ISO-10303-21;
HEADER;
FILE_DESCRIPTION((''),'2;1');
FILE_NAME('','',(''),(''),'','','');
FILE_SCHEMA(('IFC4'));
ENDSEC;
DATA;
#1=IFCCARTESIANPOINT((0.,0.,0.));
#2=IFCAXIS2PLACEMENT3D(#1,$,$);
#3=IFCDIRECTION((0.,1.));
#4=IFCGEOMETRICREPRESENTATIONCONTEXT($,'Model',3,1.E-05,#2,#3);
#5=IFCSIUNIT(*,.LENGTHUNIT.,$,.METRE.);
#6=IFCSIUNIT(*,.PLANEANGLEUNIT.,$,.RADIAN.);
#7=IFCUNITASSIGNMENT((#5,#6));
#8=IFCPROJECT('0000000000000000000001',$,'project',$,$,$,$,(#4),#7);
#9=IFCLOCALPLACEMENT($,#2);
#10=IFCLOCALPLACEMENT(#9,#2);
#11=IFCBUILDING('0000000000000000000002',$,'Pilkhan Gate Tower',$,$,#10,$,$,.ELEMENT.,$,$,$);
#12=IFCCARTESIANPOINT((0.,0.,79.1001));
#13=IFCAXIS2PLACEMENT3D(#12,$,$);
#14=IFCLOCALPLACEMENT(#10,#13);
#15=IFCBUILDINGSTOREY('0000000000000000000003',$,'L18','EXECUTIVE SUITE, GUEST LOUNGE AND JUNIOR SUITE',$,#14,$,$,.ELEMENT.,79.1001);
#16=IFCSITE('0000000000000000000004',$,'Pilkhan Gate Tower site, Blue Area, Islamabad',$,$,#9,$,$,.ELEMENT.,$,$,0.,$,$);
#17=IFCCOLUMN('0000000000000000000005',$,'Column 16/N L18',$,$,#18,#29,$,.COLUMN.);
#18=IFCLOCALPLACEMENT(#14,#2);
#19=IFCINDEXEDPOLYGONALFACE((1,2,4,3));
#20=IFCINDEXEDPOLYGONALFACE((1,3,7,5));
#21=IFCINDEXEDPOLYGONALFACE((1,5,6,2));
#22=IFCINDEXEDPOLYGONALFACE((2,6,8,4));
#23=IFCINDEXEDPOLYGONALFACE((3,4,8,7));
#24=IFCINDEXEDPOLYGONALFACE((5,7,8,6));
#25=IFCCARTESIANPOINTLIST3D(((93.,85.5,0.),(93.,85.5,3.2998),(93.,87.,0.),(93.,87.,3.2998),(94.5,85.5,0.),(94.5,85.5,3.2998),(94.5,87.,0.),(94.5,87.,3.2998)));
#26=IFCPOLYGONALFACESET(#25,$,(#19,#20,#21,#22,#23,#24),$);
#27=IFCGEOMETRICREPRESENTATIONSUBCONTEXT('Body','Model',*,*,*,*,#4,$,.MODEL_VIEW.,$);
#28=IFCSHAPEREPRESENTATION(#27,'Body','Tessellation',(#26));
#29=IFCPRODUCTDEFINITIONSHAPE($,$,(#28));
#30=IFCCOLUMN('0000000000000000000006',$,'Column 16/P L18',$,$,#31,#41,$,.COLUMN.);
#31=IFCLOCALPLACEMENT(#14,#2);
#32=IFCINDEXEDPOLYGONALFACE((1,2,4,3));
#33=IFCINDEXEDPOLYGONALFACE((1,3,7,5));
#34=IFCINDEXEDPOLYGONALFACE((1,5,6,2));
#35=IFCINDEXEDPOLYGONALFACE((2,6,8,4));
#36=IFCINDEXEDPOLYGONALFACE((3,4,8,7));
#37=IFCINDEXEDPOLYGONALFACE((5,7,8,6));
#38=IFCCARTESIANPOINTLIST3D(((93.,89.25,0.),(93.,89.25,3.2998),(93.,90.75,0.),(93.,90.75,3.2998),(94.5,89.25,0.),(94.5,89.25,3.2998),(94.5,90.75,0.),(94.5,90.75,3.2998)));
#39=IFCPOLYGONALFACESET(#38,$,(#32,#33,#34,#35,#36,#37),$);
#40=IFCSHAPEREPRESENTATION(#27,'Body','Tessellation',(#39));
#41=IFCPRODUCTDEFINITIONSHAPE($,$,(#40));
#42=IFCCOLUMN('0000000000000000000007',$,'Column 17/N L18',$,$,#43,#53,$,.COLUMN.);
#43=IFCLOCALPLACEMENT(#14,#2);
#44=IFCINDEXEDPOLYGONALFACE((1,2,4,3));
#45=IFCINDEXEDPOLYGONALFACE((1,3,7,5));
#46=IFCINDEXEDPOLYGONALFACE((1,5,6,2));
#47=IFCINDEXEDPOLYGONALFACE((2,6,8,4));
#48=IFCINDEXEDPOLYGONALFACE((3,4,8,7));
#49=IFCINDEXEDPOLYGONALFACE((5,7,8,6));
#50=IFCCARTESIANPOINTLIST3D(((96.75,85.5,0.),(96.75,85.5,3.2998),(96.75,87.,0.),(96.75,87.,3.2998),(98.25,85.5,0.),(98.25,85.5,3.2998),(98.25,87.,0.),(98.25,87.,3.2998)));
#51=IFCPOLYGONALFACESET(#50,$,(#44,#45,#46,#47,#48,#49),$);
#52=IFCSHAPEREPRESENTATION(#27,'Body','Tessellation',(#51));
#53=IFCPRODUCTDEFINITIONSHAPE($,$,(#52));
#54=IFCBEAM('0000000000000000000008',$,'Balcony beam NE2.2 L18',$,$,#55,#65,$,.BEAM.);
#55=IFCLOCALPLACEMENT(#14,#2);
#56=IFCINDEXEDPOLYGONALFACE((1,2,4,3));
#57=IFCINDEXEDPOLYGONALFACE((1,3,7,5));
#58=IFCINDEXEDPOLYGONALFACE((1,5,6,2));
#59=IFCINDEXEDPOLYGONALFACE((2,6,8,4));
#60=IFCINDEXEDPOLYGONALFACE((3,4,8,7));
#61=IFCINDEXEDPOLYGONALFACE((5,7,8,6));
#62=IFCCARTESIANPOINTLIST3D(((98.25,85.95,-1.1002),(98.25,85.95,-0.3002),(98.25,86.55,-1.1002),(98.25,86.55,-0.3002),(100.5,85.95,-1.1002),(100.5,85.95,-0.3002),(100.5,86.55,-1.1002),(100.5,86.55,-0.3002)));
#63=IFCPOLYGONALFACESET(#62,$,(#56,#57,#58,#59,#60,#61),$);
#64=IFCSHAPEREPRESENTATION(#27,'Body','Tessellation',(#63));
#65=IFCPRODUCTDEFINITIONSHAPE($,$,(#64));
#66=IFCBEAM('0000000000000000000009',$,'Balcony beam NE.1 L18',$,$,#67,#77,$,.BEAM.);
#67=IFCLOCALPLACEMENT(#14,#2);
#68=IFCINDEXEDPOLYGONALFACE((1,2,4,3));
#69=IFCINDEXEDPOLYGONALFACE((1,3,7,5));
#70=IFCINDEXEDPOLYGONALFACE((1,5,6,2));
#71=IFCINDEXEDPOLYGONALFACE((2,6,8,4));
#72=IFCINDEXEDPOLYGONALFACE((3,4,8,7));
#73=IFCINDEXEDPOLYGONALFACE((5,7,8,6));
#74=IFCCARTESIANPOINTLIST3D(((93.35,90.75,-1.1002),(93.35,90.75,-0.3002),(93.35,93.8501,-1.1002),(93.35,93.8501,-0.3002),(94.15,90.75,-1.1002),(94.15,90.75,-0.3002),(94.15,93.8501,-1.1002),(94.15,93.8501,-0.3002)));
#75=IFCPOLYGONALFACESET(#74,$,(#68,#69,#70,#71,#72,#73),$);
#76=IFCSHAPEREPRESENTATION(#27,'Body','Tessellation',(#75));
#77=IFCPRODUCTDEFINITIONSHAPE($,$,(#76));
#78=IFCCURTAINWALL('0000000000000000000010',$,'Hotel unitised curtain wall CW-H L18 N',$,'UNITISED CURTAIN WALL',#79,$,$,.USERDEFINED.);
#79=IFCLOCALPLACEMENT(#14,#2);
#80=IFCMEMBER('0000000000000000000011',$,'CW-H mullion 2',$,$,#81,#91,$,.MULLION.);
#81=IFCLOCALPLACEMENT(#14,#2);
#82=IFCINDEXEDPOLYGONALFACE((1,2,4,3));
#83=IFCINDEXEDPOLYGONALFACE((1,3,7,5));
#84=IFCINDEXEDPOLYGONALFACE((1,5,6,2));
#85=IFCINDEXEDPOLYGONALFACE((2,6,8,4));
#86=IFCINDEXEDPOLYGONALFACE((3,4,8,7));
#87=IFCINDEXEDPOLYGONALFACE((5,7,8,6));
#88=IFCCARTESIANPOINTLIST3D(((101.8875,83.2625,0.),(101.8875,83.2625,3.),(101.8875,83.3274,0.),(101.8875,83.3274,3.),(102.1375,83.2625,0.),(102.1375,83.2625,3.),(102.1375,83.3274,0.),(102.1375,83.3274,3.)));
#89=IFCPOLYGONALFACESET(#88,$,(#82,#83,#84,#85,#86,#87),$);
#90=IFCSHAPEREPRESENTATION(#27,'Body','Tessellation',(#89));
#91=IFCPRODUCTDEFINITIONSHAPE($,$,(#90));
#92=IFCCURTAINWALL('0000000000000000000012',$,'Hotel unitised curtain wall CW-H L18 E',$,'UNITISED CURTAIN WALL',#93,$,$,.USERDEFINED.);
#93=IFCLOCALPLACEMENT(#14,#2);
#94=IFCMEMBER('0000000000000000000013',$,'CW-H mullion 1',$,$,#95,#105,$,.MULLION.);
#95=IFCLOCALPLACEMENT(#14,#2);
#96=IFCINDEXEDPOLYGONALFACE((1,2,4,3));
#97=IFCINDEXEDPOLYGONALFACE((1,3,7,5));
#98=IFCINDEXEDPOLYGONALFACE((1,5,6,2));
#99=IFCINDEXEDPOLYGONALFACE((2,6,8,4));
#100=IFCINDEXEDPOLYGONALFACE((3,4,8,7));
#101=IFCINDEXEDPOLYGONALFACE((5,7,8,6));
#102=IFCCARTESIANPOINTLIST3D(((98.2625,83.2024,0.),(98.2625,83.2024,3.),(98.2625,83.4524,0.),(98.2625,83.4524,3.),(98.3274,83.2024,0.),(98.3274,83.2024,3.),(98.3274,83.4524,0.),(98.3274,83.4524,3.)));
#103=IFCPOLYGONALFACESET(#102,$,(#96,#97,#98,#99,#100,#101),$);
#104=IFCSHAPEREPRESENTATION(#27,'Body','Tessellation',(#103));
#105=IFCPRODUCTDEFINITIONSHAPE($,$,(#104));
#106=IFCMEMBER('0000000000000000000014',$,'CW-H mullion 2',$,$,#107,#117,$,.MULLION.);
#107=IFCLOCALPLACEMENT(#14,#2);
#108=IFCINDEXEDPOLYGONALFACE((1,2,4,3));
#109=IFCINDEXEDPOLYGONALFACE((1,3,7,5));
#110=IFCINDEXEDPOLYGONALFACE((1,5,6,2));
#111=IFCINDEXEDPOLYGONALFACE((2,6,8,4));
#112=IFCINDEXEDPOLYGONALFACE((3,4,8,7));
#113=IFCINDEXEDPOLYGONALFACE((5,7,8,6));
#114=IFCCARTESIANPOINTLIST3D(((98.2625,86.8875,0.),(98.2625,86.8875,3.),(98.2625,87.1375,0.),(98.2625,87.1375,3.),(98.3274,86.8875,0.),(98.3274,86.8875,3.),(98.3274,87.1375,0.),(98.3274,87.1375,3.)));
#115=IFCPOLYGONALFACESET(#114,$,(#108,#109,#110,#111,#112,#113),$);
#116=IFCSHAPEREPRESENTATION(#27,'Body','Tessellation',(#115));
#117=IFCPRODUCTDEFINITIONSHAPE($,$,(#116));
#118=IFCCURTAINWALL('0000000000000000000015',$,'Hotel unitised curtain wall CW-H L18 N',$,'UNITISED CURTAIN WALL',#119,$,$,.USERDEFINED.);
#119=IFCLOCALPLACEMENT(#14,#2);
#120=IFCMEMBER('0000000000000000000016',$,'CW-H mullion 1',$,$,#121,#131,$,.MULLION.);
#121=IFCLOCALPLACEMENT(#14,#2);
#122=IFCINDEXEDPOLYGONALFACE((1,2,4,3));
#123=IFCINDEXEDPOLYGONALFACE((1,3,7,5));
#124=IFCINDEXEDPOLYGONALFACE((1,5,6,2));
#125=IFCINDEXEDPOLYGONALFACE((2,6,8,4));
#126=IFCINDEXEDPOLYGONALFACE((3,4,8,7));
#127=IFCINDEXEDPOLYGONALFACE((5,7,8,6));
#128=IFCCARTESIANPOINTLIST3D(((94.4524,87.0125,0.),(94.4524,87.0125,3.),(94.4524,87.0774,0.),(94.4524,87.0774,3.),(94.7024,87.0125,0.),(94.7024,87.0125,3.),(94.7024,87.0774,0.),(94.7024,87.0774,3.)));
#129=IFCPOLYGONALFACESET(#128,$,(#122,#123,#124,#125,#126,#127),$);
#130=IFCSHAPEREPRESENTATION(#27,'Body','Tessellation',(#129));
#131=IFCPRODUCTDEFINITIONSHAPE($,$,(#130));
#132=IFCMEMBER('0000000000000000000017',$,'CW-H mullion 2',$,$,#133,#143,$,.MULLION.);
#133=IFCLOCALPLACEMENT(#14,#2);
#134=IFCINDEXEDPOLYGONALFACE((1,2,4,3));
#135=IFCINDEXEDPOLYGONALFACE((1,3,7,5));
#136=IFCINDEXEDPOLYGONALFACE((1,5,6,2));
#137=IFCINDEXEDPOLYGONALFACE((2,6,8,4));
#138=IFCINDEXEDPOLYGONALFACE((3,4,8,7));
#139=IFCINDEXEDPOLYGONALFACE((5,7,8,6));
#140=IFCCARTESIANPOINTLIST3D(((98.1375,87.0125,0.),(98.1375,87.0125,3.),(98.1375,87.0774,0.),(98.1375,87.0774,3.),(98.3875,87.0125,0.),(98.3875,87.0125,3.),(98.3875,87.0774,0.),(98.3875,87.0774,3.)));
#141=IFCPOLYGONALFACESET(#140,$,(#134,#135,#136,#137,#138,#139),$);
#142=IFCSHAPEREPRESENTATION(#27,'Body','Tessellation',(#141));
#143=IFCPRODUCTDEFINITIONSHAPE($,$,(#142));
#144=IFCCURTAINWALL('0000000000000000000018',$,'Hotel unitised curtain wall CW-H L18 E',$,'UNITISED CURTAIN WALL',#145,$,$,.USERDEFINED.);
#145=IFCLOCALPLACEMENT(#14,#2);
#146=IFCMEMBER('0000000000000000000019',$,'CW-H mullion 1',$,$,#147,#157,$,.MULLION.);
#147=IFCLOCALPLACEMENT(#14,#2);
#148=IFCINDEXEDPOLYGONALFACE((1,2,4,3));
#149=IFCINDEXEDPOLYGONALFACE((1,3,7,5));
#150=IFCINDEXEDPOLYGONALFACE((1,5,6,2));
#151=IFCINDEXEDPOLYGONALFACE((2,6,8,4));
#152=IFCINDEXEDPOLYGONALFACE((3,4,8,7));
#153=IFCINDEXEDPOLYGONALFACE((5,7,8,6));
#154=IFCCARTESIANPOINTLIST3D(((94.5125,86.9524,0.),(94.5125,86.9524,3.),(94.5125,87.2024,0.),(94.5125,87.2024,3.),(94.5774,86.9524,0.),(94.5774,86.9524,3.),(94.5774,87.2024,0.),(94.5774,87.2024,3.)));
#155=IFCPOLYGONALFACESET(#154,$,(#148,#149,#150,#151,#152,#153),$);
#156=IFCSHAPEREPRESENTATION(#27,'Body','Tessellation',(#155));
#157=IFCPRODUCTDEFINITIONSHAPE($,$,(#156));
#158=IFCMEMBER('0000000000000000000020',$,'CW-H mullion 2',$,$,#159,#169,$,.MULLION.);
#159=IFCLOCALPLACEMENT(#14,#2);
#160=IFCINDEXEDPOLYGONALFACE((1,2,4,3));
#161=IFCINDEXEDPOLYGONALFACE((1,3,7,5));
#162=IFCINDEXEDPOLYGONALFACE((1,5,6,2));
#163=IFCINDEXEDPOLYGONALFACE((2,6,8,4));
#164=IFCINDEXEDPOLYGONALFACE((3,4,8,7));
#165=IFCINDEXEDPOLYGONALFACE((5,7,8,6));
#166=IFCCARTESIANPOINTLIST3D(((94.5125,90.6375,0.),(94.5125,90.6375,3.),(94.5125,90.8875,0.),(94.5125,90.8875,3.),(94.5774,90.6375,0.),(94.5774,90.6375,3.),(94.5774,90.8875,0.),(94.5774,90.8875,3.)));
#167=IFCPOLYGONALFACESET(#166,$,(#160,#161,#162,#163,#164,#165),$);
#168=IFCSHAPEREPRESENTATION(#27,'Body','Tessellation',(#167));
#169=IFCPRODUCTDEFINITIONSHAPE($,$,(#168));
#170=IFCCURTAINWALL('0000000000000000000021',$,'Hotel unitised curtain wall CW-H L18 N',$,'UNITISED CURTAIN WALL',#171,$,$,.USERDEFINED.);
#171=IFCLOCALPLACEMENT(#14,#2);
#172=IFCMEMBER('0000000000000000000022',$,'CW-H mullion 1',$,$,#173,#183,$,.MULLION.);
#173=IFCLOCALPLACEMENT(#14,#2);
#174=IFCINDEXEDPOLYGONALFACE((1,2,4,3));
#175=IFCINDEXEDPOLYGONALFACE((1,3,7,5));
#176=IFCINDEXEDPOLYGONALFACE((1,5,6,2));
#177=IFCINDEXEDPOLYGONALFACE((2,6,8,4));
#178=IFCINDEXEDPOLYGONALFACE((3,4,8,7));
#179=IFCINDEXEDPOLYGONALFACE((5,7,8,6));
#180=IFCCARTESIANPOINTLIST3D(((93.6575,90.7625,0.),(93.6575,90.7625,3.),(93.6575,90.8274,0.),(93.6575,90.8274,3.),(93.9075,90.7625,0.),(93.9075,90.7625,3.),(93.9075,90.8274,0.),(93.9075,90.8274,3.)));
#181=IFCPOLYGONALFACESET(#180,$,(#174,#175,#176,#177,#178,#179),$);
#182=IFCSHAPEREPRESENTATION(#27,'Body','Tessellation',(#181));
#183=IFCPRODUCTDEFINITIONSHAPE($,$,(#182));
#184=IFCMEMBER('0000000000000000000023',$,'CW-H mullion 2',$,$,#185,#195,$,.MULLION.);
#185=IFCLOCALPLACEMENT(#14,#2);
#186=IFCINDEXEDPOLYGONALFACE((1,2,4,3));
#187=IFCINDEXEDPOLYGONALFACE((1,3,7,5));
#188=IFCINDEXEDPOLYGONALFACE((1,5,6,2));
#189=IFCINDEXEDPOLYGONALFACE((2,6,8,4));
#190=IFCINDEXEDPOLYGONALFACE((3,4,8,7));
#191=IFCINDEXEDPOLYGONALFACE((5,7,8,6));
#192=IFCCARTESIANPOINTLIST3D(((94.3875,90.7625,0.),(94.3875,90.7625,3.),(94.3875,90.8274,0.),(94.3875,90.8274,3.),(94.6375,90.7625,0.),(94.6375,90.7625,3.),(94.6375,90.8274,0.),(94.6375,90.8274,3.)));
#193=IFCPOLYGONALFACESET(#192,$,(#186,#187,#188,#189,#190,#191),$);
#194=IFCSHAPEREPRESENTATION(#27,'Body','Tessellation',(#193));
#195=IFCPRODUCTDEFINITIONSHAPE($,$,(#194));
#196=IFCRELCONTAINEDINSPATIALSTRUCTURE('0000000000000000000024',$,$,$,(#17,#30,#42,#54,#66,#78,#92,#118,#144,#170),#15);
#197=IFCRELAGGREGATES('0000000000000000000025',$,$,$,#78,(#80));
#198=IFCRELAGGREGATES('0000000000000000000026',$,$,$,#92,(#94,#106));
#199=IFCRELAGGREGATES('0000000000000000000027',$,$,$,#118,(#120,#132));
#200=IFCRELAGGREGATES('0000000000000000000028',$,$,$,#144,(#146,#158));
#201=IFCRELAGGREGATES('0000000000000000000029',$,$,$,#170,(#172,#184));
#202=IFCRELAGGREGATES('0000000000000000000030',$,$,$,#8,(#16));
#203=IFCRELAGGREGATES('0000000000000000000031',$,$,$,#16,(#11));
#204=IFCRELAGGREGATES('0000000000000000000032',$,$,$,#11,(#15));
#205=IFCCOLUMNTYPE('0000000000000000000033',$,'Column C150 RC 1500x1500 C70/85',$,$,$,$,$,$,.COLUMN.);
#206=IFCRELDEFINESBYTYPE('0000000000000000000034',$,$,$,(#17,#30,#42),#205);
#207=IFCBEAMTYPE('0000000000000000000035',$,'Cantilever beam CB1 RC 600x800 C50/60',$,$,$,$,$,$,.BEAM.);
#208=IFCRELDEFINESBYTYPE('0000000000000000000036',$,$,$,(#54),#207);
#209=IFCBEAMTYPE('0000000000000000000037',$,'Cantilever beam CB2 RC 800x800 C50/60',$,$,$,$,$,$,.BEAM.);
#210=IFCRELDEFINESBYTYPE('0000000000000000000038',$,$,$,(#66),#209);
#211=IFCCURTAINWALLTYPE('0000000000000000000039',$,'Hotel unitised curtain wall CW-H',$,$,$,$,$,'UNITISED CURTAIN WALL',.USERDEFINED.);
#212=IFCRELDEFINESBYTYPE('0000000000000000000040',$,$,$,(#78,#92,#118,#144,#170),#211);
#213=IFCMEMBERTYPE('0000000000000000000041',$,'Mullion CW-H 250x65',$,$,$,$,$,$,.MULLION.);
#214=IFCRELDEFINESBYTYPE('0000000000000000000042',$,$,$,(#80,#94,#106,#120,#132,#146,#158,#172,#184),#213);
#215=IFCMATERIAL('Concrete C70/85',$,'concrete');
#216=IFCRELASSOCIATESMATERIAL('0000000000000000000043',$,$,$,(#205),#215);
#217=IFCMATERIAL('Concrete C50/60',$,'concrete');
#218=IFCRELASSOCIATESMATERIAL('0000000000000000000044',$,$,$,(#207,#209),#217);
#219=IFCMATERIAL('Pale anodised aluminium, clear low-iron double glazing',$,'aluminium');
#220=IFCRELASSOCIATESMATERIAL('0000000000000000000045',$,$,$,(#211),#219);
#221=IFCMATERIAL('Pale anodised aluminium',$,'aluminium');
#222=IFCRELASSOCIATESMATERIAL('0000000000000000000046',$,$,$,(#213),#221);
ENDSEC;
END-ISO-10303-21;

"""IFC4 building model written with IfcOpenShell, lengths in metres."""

from ifc_helpers import new_model, si_unit, direction, frame, origin, origin_2d, place, context, subcontext, project, spatial, rectangle, extrude, material, material_profile, profile_set, type_object, element, aggregate, save


model = new_model("IFC4")

# Units and contexts
model_context = context("Model", 3, precision=1e-05, world=origin(), true_north=direction((0.0, 1.0)))
body_context = subcontext(model_context, "Body", "Model", "MODEL_VIEW")
ifc_project = project(units=[si_unit("LENGTHUNIT", "METRE"), si_unit("PLANEANGLEUNIT", "RADIAN")], contexts=[model_context])

# Site, building, storey
site_placement = place(None, origin())
site = spatial("IfcSite", under=ifc_project, at=site_placement, Name="Pilkhan Gate Tower site, Blue Area, Islamabad", CompositionType="ELEMENT", RefElevation=0.0)
building_placement = place(site_placement, origin())
building = spatial("IfcBuilding", under=site, at=building_placement, Name="Pilkhan Gate Tower", CompositionType="ELEMENT")
storey_placement = place(building_placement, frame((0.0, 0.0, 79.1001)))
storey = spatial("IfcBuildingStorey", under=building, at=storey_placement, Name="L18", Description="EXECUTIVE SUITE, GUEST LOUNGE AND JUNIOR SUITE", CompositionType="ELEMENT", Elevation=79.1001)

# Columns
ifc_material_1 = material(Name="Concrete C70/85", Category="concrete")
ifc_material_profile_1 = material_profile(ifc_material_1, rectangle(XDim=1.5, YDim=1.5, at=origin_2d()), Name="RC 1500x1500")
ifc_profile_set_1 = profile_set([ifc_material_profile_1], Name="Concrete C70/85")
column_type = type_object("IfcColumnType", Name="Column C150 RC 1500x1500 C70/85", PredefinedType="COLUMN", material=ifc_profile_set_1)
for number, where, z_axis, x_axis, name in (
    (1, (93.75, 86.25, 0.0), (0.0, 0.0, 1.0), (1.0, 0.0, 0.0), "Column 16/N L18"),
    (2, (93.75, 90.0, 0.0), (0.0, 0.0, 1.0), (1.0, 0.0, 0.0), "Column 16/P L18"),
    (3, (97.5, 86.25, 0.0), (0.0, 0.0, 1.0), (1.0, 0.0, 0.0), "Column 17/N L18"),
):
    element("IfcColumn", number, at=place(storey_placement, frame(where, z_axis=z_axis, x_axis=x_axis)), inside=storey, type_object=column_type, Name=name, PredefinedType="COLUMN", context=body_context, shape_type="SweptSolid", body=[
        extrude(rectangle(XDim=1.5, YDim=1.5, at=origin_2d()), origin(), (0.0, 0.0, 1.0), 3.2998),
    ])

# Beams
ifc_material_2 = material(Name="Concrete C50/60", Category="concrete")
ifc_material_profile_2 = material_profile(ifc_material_2, rectangle(XDim=0.6001, YDim=0.8, at=origin_2d()), Name="RC 600x800")
ifc_profile_set_2 = profile_set([ifc_material_profile_2], Name="Concrete C50/60")
beam_type_1 = type_object("IfcBeamType", Name="Cantilever beam CB1 RC 600x800 C50/60", PredefinedType="BEAM", material=ifc_profile_set_2)
beam_1_placement = place(storey_placement, frame((98.25, 86.25, -0.7002), z_axis=(1.0, 0.0, 0.0), x_axis=(0.0, 1.0, 0.0)))
element("IfcBeam", 4, at=beam_1_placement, inside=storey, type_object=beam_type_1, Name="Balcony beam NE2.2 L18", PredefinedType="BEAM", context=body_context, shape_type="SweptSolid", body=[
    extrude(rectangle(XDim=0.6001, YDim=0.8, at=origin_2d()), origin(), (0.0, 0.0, 1.0), 2.25),
])
ifc_material_profile_3 = material_profile(ifc_material_2, rectangle(XDim=0.8, YDim=0.8, at=origin_2d()), Name="RC 800x800")
ifc_profile_set_3 = profile_set([ifc_material_profile_3], Name="Concrete C50/60")
beam_type_2 = type_object("IfcBeamType", Name="Cantilever beam CB2 RC 800x800 C50/60", PredefinedType="BEAM", material=ifc_profile_set_3)
beam_2_placement = place(storey_placement, frame((93.75, 90.75, -0.7002), z_axis=(0.0, 1.0, 0.0), x_axis=(-1.0, 0.0, 0.0)))
element("IfcBeam", 5, at=beam_2_placement, inside=storey, type_object=beam_type_2, Name="Balcony beam NE.1 L18", PredefinedType="BEAM", context=body_context, shape_type="SweptSolid", body=[
    extrude(rectangle(XDim=0.8, YDim=0.8, at=origin_2d()), origin(), (0.0, 0.0, 1.0), 3.1001),
])

# Curtain wall, member
ifc_material_3 = material(Name="Pale anodised aluminium, clear low-iron double glazing", Category="aluminium")
curtain_wall_type = type_object("IfcCurtainWallType", Name="Hotel unitised curtain wall CW-H", ElementType="UNITISED CURTAIN WALL", PredefinedType="USERDEFINED", material=ifc_material_3)
curtain_wall_1_placement = place(storey_placement, origin())
curtain_wall_1 = element("IfcCurtainWall", 6, at=curtain_wall_1_placement, inside=storey, type_object=curtain_wall_type, Name="Hotel unitised curtain wall CW-H L18 N", ObjectType="UNITISED CURTAIN WALL", PredefinedType="USERDEFINED")
ifc_material_4 = material(Name="Pale anodised aluminium", Category="aluminium")
ifc_material_profile_4 = material_profile(ifc_material_4, rectangle(XDim=0.0649, YDim=0.25, at=origin_2d()), Name="Mullion 250x65")
ifc_profile_set_4 = profile_set([ifc_material_profile_4], Name="Pale anodised aluminium")
member_type_1 = type_object("IfcMemberType", Name="Mullion CW-H 250x65", PredefinedType="MULLION", material=ifc_profile_set_4)
member_1_placement = place(storey_placement, frame((102.0125, 83.2949, 0.0), z_axis=(0.0, 0.0, 1.0), x_axis=(0.0, 1.0, 0.0)))
member_1 = element("IfcMember", 7, at=member_1_placement, type_object=member_type_1, Name="CW-H mullion 2", PredefinedType="MULLION", context=body_context, shape_type="SweptSolid", body=[
    extrude(rectangle(XDim=0.0649, YDim=0.25, at=origin_2d()), origin(), (0.0, 0.0, 1.0), 3.0),
])

# Curtain walls, members
curtain_wall_2_placement = place(storey_placement, origin())
curtain_wall_2 = element("IfcCurtainWall", 8, at=curtain_wall_2_placement, inside=storey, type_object=curtain_wall_type, Name="Hotel unitised curtain wall CW-H L18 E", ObjectType="UNITISED CURTAIN WALL", PredefinedType="USERDEFINED")
member_2_placement = place(storey_placement, frame((98.2949, 83.3274, 0.0), z_axis=(0.0, 0.0, 1.0), x_axis=(-1.0, 0.0, 0.0)))
member_2 = element("IfcMember", 9, at=member_2_placement, type_object=member_type_1, Name="CW-H mullion 1", PredefinedType="MULLION", context=body_context, shape_type="SweptSolid", body=[
    extrude(rectangle(XDim=0.0649, YDim=0.25, at=origin_2d()), origin(), (0.0, 0.0, 1.0), 3.0),
])
member_3_placement = place(storey_placement, frame((98.2949, 87.0125, 0.0), z_axis=(0.0, 0.0, 1.0), x_axis=(-1.0, 0.0, 0.0)))
member_3 = element("IfcMember", 10, at=member_3_placement, type_object=member_type_1, Name="CW-H mullion 2", PredefinedType="MULLION", context=body_context, shape_type="SweptSolid", body=[
    extrude(rectangle(XDim=0.0649, YDim=0.25, at=origin_2d()), origin(), (0.0, 0.0, 1.0), 3.0),
])
curtain_wall_3_placement = place(storey_placement, origin())
curtain_wall_3 = element("IfcCurtainWall", 11, at=curtain_wall_3_placement, inside=storey, type_object=curtain_wall_type, Name="Hotel unitised curtain wall CW-H L18 N", ObjectType="UNITISED CURTAIN WALL", PredefinedType="USERDEFINED")
member_4_placement = place(storey_placement, frame((94.5774, 87.0449, 0.0), z_axis=(0.0, 0.0, 1.0), x_axis=(0.0, 1.0, 0.0)))
member_4 = element("IfcMember", 12, at=member_4_placement, type_object=member_type_1, Name="CW-H mullion 1", PredefinedType="MULLION", context=body_context, shape_type="SweptSolid", body=[
    extrude(rectangle(XDim=0.0649, YDim=0.25, at=origin_2d()), origin(), (0.0, 0.0, 1.0), 3.0),
])
member_5_placement = place(storey_placement, frame((98.2625, 87.0449, 0.0), z_axis=(0.0, 0.0, 1.0), x_axis=(0.0, 1.0, 0.0)))
member_5 = element("IfcMember", 13, at=member_5_placement, type_object=member_type_1, Name="CW-H mullion 2", PredefinedType="MULLION", context=body_context, shape_type="SweptSolid", body=[
    extrude(rectangle(XDim=0.0649, YDim=0.25, at=origin_2d()), origin(), (0.0, 0.0, 1.0), 3.0),
])
curtain_wall_4_placement = place(storey_placement, origin())
curtain_wall_4 = element("IfcCurtainWall", 14, at=curtain_wall_4_placement, inside=storey, type_object=curtain_wall_type, Name="Hotel unitised curtain wall CW-H L18 E", ObjectType="UNITISED CURTAIN WALL", PredefinedType="USERDEFINED")
member_6_placement = place(storey_placement, frame((94.5449, 87.0774, 0.0), z_axis=(0.0, 0.0, 1.0), x_axis=(-1.0, 0.0, 0.0)))
member_6 = element("IfcMember", 15, at=member_6_placement, type_object=member_type_1, Name="CW-H mullion 1", PredefinedType="MULLION", context=body_context, shape_type="SweptSolid", body=[
    extrude(rectangle(XDim=0.0649, YDim=0.25, at=origin_2d()), origin(), (0.0, 0.0, 1.0), 3.0),
])
member_7_placement = place(storey_placement, frame((94.5449, 90.7625, 0.0), z_axis=(0.0, 0.0, 1.0), x_axis=(-1.0, 0.0, 0.0)))
member_7 = element("IfcMember", 16, at=member_7_placement, type_object=member_type_1, Name="CW-H mullion 2", PredefinedType="MULLION", context=body_context, shape_type="SweptSolid", body=[
    extrude(rectangle(XDim=0.0649, YDim=0.25, at=origin_2d()), origin(), (0.0, 0.0, 1.0), 3.0),
])
curtain_wall_5_placement = place(storey_placement, origin())
curtain_wall_5 = element("IfcCurtainWall", 17, at=curtain_wall_5_placement, inside=storey, type_object=curtain_wall_type, Name="Hotel unitised curtain wall CW-H L18 N", ObjectType="UNITISED CURTAIN WALL", PredefinedType="USERDEFINED")
member_8_placement = place(storey_placement, frame((93.7825, 90.7949, 0.0), z_axis=(0.0, 0.0, 1.0), x_axis=(0.0, 1.0, 0.0)))
member_8 = element("IfcMember", 18, at=member_8_placement, type_object=member_type_1, Name="CW-H mullion 1", PredefinedType="MULLION", context=body_context, shape_type="SweptSolid", body=[
    extrude(rectangle(XDim=0.0649, YDim=0.25, at=origin_2d()), origin(), (0.0, 0.0, 1.0), 3.0),
])
member_9_placement = place(storey_placement, frame((94.5125, 90.7949, 0.0), z_axis=(0.0, 0.0, 1.0), x_axis=(0.0, 1.0, 0.0)))
member_9 = element("IfcMember", 19, at=member_9_placement, type_object=member_type_1, Name="CW-H mullion 2", PredefinedType="MULLION", context=body_context, shape_type="SweptSolid", body=[
    extrude(rectangle(XDim=0.0649, YDim=0.25, at=origin_2d()), origin(), (0.0, 0.0, 1.0), 3.0),
])

aggregate(curtain_wall_1, [member_1])
aggregate(curtain_wall_2, [member_2, member_3])
aggregate(curtain_wall_3, [member_4, member_5])
aggregate(curtain_wall_4, [member_6, member_7])
aggregate(curtain_wall_5, [member_8, member_9])

save(model, "model.ifc")
